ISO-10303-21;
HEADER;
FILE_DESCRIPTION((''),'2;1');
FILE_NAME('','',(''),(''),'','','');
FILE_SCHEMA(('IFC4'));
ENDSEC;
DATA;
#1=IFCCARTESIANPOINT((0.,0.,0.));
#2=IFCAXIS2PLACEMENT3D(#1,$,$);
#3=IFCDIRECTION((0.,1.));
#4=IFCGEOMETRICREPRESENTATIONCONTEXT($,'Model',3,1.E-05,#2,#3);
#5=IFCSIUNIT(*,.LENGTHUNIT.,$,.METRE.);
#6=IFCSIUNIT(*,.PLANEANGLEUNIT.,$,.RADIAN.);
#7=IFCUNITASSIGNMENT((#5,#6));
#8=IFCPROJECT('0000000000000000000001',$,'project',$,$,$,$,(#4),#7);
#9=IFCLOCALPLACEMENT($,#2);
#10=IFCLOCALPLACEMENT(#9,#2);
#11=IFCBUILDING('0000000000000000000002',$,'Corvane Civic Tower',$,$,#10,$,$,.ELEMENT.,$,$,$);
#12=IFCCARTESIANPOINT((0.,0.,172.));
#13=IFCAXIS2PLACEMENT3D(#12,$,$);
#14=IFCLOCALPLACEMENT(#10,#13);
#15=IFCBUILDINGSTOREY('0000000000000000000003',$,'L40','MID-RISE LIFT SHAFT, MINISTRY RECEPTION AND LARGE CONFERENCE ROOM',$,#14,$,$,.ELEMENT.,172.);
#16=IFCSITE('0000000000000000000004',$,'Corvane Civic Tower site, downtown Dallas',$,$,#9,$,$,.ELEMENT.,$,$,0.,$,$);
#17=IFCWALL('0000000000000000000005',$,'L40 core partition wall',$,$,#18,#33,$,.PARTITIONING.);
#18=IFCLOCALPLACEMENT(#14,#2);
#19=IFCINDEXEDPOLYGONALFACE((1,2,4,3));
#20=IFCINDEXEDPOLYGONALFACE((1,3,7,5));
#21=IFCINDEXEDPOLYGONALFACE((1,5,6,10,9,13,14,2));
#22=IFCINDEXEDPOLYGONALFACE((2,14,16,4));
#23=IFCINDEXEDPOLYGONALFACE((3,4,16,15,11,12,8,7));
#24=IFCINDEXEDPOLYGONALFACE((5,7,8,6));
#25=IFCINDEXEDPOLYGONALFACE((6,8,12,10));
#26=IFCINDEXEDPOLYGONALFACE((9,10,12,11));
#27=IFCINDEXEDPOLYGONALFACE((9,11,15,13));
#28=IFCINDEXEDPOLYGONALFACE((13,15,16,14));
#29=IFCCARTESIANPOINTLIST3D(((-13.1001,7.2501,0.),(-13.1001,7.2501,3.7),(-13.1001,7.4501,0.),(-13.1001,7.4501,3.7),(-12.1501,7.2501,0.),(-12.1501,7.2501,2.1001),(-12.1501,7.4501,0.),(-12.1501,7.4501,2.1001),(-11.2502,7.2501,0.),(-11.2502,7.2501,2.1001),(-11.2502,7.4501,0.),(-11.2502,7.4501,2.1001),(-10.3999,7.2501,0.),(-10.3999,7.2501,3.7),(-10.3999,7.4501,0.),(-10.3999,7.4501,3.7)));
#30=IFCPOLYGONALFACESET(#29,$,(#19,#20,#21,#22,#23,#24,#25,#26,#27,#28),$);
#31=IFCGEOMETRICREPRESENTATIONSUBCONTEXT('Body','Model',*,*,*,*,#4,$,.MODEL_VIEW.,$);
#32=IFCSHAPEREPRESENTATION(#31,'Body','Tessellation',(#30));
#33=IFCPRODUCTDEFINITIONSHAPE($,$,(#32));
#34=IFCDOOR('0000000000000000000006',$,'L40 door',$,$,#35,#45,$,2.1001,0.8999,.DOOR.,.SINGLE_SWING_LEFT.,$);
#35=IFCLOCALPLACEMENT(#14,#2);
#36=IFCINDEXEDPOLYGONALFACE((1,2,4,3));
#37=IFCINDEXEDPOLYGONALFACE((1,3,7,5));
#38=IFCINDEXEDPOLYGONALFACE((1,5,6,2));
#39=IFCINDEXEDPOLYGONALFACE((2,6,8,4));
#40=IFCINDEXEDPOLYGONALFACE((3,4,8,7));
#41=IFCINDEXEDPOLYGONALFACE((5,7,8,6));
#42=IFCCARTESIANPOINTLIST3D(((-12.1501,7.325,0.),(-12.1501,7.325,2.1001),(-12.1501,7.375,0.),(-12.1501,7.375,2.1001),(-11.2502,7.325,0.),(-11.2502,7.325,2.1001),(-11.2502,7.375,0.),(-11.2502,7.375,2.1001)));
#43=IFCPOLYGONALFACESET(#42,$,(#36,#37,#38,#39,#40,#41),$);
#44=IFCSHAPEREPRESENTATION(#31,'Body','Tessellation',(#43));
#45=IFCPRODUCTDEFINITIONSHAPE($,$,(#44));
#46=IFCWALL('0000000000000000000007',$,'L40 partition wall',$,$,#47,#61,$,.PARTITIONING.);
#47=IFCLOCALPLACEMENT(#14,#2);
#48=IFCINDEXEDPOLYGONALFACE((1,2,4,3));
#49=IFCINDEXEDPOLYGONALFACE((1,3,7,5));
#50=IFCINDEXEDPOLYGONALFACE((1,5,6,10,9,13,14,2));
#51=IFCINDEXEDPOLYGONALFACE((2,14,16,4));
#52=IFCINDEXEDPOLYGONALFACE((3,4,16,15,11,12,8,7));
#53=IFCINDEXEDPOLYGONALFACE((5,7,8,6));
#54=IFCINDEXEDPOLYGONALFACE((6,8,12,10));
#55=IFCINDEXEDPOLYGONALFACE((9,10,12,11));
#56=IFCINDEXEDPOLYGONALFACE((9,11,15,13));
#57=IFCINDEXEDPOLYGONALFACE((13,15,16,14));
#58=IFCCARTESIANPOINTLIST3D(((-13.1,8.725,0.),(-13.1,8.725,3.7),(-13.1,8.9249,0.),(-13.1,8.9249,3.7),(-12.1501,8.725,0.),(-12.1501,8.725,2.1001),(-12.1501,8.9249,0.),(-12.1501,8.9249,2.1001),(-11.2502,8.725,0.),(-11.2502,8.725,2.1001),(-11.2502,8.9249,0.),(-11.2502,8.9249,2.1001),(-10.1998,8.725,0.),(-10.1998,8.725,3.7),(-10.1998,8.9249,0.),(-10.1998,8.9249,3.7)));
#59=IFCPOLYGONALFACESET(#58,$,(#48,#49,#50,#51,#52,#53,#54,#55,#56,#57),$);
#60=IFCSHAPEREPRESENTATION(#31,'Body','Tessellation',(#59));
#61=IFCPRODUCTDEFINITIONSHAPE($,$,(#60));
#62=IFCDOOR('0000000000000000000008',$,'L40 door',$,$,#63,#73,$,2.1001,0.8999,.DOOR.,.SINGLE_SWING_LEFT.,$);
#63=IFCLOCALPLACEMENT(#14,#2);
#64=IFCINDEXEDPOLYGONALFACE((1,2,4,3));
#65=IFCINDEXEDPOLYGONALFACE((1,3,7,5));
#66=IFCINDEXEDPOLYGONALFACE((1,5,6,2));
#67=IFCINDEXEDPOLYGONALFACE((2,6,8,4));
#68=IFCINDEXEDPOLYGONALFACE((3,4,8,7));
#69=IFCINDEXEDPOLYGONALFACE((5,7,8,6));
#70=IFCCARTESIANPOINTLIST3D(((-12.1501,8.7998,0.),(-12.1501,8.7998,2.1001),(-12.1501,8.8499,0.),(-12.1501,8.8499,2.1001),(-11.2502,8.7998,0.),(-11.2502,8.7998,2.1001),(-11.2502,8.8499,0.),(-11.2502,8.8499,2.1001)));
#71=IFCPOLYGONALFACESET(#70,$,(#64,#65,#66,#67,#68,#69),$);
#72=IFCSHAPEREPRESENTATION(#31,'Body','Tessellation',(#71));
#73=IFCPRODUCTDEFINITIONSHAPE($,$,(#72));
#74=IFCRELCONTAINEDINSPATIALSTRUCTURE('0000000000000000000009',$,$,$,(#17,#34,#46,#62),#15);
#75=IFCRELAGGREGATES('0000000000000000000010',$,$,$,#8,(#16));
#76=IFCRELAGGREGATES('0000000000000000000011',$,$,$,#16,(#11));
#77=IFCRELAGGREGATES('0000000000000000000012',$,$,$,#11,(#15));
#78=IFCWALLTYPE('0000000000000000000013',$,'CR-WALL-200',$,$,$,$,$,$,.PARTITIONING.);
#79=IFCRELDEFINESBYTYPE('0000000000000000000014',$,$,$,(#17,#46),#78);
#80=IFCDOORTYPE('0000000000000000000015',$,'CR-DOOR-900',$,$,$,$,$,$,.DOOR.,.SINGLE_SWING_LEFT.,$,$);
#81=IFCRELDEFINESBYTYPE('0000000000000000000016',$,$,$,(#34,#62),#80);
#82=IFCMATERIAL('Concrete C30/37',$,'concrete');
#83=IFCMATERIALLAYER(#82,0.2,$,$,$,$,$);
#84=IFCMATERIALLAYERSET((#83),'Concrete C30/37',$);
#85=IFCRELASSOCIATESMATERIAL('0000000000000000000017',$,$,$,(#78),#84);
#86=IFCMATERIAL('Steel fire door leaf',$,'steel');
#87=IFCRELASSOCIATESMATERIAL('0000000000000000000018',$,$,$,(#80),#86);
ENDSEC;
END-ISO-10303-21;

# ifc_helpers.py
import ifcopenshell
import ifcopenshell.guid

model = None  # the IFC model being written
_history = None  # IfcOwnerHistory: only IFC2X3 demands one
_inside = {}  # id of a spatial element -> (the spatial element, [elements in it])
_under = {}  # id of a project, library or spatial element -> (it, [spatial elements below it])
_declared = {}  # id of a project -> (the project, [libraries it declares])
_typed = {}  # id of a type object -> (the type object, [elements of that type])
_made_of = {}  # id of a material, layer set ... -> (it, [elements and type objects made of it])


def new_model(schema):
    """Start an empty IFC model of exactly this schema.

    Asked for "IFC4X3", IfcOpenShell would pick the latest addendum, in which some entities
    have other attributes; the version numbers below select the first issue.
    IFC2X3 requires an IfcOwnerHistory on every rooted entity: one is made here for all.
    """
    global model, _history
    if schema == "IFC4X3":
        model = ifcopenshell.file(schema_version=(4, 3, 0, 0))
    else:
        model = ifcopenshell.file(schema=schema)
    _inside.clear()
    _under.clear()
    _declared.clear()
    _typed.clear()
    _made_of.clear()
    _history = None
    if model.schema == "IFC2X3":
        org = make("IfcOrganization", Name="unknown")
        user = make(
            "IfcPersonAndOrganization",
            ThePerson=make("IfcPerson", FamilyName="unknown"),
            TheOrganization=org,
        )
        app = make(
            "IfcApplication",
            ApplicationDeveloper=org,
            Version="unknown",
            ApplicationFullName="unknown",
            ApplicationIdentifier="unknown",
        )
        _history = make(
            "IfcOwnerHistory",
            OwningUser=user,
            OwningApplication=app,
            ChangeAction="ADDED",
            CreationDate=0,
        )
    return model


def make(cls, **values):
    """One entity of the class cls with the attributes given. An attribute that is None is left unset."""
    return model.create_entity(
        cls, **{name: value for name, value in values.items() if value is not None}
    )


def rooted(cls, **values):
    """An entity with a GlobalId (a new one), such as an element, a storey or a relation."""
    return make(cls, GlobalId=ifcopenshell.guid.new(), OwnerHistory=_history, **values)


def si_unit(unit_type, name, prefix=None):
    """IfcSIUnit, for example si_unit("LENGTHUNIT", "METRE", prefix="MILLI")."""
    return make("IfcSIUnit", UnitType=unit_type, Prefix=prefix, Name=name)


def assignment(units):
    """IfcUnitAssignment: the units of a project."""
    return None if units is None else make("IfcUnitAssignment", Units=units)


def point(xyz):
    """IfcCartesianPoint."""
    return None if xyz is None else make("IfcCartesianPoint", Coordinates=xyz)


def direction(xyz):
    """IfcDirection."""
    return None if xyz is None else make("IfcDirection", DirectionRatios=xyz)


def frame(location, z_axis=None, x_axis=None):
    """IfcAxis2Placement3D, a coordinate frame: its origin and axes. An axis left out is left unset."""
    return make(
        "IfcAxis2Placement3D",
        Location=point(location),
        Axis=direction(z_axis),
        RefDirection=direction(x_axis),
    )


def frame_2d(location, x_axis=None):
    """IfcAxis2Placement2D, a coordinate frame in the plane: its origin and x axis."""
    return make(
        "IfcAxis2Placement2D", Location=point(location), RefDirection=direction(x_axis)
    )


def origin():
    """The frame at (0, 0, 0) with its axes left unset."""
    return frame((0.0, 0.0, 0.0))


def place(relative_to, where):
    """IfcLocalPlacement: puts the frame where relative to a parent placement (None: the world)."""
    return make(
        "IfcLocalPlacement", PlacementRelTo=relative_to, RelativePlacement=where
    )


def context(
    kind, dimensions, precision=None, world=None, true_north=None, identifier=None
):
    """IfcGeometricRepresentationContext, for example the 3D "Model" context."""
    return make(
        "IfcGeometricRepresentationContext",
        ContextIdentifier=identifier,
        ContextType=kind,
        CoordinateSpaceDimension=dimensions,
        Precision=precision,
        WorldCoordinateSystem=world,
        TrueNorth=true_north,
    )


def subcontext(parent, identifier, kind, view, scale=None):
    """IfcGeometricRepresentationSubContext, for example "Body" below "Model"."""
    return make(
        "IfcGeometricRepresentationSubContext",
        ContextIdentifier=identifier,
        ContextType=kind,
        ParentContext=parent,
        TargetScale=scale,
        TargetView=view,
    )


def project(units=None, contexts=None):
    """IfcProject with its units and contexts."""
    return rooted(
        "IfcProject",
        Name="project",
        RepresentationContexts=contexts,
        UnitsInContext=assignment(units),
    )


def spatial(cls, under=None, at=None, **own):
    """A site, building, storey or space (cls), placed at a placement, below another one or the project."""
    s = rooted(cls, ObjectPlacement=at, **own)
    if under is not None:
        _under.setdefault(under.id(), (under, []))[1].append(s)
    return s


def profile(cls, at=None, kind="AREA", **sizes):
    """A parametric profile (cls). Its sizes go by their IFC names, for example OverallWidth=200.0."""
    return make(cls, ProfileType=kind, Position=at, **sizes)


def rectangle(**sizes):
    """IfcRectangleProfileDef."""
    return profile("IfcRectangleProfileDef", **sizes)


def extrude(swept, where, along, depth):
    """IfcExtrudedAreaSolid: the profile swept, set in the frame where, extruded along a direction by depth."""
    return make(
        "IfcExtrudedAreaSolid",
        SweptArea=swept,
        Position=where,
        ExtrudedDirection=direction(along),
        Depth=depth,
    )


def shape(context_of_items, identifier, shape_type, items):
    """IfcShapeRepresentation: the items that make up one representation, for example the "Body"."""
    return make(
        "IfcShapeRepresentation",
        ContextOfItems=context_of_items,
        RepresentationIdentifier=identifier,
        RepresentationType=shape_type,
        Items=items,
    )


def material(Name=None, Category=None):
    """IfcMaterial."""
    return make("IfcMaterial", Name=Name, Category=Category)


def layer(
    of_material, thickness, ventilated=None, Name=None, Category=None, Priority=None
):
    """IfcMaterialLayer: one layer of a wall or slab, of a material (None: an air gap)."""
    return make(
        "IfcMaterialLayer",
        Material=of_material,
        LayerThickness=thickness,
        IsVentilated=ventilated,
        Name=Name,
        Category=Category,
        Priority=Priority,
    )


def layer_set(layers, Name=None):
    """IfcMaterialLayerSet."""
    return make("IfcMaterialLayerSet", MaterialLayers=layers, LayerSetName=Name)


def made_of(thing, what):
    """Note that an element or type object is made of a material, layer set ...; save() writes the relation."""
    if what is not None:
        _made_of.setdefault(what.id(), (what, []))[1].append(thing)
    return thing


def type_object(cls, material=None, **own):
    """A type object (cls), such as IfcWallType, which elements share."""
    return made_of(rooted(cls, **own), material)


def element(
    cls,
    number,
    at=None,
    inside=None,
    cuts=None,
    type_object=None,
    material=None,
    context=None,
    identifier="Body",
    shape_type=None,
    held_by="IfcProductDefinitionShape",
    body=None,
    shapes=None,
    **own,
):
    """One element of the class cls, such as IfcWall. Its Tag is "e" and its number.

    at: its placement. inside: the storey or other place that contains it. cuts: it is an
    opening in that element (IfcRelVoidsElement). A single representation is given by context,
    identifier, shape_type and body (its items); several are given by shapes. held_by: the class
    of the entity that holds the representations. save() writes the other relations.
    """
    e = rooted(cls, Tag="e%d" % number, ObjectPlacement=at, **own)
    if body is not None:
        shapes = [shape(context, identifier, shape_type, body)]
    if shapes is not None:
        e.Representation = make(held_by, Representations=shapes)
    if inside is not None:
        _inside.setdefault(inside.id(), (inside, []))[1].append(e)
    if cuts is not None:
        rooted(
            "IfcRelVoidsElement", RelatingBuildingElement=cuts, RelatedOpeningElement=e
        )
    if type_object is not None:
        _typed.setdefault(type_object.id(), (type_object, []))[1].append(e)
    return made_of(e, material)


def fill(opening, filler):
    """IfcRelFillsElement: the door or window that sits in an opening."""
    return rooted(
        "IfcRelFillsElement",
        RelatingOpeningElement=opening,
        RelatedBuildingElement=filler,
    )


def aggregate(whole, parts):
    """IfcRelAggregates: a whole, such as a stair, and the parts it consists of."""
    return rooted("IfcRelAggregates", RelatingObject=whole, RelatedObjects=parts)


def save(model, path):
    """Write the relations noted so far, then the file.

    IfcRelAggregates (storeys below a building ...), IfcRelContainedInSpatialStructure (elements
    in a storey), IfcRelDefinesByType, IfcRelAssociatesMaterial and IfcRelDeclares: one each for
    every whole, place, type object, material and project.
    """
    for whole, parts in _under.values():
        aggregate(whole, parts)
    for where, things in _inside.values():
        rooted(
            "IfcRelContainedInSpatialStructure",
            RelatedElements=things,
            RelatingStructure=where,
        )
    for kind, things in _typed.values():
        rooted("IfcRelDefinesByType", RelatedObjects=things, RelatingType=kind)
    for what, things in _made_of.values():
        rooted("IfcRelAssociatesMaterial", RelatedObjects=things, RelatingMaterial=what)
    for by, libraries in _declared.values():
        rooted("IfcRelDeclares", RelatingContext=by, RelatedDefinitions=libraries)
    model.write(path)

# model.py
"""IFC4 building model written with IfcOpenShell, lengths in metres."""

from ifc_helpers import new_model, si_unit, direction, frame, frame_2d, origin, place, context, subcontext, project, spatial, rectangle, extrude, material, layer, layer_set, type_object, element, fill, save


model = new_model("IFC4")

# Units and contexts
model_context = context("Model", 3, precision=1e-05, world=origin(), true_north=direction((0.0, 1.0)))
body_context = subcontext(model_context, "Body", "Model", "MODEL_VIEW")
ifc_project = project(units=[si_unit("LENGTHUNIT", "METRE"), si_unit("PLANEANGLEUNIT", "RADIAN")], contexts=[model_context])

# Site, building, storey
site_placement = place(None, origin())
site = spatial("IfcSite", under=ifc_project, at=site_placement, Name="Corvane Civic Tower site, downtown Dallas", CompositionType="ELEMENT", RefElevation=0.0)
building_placement = place(site_placement, origin())
building = spatial("IfcBuilding", under=site, at=building_placement, Name="Corvane Civic Tower", CompositionType="ELEMENT")
storey_placement = place(building_placement, frame((0.0, 0.0, 172.0)))
storey = spatial("IfcBuildingStorey", under=building, at=storey_placement, Name="L40", Description="MID-RISE LIFT SHAFT, MINISTRY RECEPTION AND LARGE CONFERENCE ROOM", CompositionType="ELEMENT", Elevation=172.0)

# Shared definitions
ifc_material_1 = material(Name="Concrete C30/37", Category="concrete")
ifc_layer_1 = layer(ifc_material_1, 0.2)
ifc_layer_set_1 = layer_set([ifc_layer_1], Name="Concrete C30/37")
wall_type_1 = type_object("IfcWallType", Name="CR-WALL-200", PredefinedType="PARTITIONING", material=ifc_layer_set_1)
ifc_material_2 = material(Name="Steel fire door leaf", Category="steel")
door_type_1 = type_object("IfcDoorType", Name="CR-DOOR-900", OperationType="SINGLE_SWING_LEFT", PredefinedType="DOOR", material=ifc_material_2)

# Walls, openings, doors
wall_1_placement = place(storey_placement, frame((-13.1001, 7.3501, 0.0), z_axis=(0.0, 0.0, 1.0), x_axis=(1.0, 0.0, 0.0)))
wall_1 = element("IfcWall", 1, at=wall_1_placement, inside=storey, type_object=wall_type_1, Name="L40 core partition wall", PredefinedType="PARTITIONING", context=body_context, shape_type="SweptSolid", body=[
    extrude(rectangle(XDim=2.7002, YDim=0.2, at=frame_2d((1.3501, 0.0))), origin(), (0.0, 0.0, 1.0), 3.7),
])
opening_1_placement = place(wall_1_placement, frame((0.95, 0.0, 0.0)))
opening_1 = element("IfcOpeningElement", 2, at=opening_1_placement, cuts=wall_1, PredefinedType="OPENING", context=body_context, shape_type="SweptSolid", body=[
    extrude(rectangle(XDim=0.8999, YDim=2.1001, at=frame_2d((0.45, 1.05))), frame((0.0, 0.1099, 0.0), z_axis=(0.0, -1.0, 0.0), x_axis=(1.0, 0.0, 0.0)), (0.0, 0.0, 1.0), 0.22),
])
door_1_placement = place(opening_1_placement, origin())
door_1 = element("IfcDoor", 3, at=door_1_placement, inside=storey, type_object=door_type_1, Name="L40 door", OperationType="SINGLE_SWING_LEFT", OverallHeight=2.1001, OverallWidth=0.8999, PredefinedType="DOOR", context=body_context, shape_type="SweptSolid", body=[
    extrude(rectangle(XDim=0.8999, YDim=2.1001, at=frame_2d((0.45, 1.05))), frame((0.0, 0.0249, 0.0), z_axis=(0.0, -1.0, 0.0), x_axis=(1.0, 0.0, 0.0)), (0.0, 0.0, 1.0), 0.05),
])
fill(opening_1, door_1)
wall_2_placement = place(storey_placement, frame((-13.1001, 8.825, 0.0), z_axis=(0.0, 0.0, 1.0), x_axis=(1.0, 0.0, 0.0)))
wall_2 = element("IfcWall", 4, at=wall_2_placement, inside=storey, type_object=wall_type_1, Name="L40 partition wall", PredefinedType="PARTITIONING", context=body_context, shape_type="SweptSolid", body=[
    extrude(rectangle(XDim=2.9001, YDim=0.2, at=frame_2d((1.4502, 0.0))), origin(), (0.0, 0.0, 1.0), 3.7),
])
opening_2_placement = place(wall_2_placement, frame((0.95, 0.0, 0.0)))
opening_2 = element("IfcOpeningElement", 5, at=opening_2_placement, cuts=wall_2, PredefinedType="OPENING", context=body_context, shape_type="SweptSolid", body=[
    extrude(rectangle(XDim=0.8999, YDim=2.1001, at=frame_2d((0.45, 1.05))), frame((0.0, 0.1099, 0.0), z_axis=(0.0, -1.0, 0.0), x_axis=(1.0, 0.0, 0.0)), (0.0, 0.0, 1.0), 0.22),
])
door_2_placement = place(opening_2_placement, origin())
door_2 = element("IfcDoor", 6, at=door_2_placement, inside=storey, type_object=door_type_1, Name="L40 door", OperationType="SINGLE_SWING_LEFT", OverallHeight=2.1001, OverallWidth=0.8999, PredefinedType="DOOR", context=body_context, shape_type="SweptSolid", body=[
    extrude(rectangle(XDim=0.8999, YDim=2.1001, at=frame_2d((0.45, 1.05))), frame((0.0, 0.0249, 0.0), z_axis=(0.0, -1.0, 0.0), x_axis=(1.0, 0.0, 0.0)), (0.0, 0.0, 1.0), 0.05),
])
fill(opening_2, door_2)

save(model, "model.ifc")
